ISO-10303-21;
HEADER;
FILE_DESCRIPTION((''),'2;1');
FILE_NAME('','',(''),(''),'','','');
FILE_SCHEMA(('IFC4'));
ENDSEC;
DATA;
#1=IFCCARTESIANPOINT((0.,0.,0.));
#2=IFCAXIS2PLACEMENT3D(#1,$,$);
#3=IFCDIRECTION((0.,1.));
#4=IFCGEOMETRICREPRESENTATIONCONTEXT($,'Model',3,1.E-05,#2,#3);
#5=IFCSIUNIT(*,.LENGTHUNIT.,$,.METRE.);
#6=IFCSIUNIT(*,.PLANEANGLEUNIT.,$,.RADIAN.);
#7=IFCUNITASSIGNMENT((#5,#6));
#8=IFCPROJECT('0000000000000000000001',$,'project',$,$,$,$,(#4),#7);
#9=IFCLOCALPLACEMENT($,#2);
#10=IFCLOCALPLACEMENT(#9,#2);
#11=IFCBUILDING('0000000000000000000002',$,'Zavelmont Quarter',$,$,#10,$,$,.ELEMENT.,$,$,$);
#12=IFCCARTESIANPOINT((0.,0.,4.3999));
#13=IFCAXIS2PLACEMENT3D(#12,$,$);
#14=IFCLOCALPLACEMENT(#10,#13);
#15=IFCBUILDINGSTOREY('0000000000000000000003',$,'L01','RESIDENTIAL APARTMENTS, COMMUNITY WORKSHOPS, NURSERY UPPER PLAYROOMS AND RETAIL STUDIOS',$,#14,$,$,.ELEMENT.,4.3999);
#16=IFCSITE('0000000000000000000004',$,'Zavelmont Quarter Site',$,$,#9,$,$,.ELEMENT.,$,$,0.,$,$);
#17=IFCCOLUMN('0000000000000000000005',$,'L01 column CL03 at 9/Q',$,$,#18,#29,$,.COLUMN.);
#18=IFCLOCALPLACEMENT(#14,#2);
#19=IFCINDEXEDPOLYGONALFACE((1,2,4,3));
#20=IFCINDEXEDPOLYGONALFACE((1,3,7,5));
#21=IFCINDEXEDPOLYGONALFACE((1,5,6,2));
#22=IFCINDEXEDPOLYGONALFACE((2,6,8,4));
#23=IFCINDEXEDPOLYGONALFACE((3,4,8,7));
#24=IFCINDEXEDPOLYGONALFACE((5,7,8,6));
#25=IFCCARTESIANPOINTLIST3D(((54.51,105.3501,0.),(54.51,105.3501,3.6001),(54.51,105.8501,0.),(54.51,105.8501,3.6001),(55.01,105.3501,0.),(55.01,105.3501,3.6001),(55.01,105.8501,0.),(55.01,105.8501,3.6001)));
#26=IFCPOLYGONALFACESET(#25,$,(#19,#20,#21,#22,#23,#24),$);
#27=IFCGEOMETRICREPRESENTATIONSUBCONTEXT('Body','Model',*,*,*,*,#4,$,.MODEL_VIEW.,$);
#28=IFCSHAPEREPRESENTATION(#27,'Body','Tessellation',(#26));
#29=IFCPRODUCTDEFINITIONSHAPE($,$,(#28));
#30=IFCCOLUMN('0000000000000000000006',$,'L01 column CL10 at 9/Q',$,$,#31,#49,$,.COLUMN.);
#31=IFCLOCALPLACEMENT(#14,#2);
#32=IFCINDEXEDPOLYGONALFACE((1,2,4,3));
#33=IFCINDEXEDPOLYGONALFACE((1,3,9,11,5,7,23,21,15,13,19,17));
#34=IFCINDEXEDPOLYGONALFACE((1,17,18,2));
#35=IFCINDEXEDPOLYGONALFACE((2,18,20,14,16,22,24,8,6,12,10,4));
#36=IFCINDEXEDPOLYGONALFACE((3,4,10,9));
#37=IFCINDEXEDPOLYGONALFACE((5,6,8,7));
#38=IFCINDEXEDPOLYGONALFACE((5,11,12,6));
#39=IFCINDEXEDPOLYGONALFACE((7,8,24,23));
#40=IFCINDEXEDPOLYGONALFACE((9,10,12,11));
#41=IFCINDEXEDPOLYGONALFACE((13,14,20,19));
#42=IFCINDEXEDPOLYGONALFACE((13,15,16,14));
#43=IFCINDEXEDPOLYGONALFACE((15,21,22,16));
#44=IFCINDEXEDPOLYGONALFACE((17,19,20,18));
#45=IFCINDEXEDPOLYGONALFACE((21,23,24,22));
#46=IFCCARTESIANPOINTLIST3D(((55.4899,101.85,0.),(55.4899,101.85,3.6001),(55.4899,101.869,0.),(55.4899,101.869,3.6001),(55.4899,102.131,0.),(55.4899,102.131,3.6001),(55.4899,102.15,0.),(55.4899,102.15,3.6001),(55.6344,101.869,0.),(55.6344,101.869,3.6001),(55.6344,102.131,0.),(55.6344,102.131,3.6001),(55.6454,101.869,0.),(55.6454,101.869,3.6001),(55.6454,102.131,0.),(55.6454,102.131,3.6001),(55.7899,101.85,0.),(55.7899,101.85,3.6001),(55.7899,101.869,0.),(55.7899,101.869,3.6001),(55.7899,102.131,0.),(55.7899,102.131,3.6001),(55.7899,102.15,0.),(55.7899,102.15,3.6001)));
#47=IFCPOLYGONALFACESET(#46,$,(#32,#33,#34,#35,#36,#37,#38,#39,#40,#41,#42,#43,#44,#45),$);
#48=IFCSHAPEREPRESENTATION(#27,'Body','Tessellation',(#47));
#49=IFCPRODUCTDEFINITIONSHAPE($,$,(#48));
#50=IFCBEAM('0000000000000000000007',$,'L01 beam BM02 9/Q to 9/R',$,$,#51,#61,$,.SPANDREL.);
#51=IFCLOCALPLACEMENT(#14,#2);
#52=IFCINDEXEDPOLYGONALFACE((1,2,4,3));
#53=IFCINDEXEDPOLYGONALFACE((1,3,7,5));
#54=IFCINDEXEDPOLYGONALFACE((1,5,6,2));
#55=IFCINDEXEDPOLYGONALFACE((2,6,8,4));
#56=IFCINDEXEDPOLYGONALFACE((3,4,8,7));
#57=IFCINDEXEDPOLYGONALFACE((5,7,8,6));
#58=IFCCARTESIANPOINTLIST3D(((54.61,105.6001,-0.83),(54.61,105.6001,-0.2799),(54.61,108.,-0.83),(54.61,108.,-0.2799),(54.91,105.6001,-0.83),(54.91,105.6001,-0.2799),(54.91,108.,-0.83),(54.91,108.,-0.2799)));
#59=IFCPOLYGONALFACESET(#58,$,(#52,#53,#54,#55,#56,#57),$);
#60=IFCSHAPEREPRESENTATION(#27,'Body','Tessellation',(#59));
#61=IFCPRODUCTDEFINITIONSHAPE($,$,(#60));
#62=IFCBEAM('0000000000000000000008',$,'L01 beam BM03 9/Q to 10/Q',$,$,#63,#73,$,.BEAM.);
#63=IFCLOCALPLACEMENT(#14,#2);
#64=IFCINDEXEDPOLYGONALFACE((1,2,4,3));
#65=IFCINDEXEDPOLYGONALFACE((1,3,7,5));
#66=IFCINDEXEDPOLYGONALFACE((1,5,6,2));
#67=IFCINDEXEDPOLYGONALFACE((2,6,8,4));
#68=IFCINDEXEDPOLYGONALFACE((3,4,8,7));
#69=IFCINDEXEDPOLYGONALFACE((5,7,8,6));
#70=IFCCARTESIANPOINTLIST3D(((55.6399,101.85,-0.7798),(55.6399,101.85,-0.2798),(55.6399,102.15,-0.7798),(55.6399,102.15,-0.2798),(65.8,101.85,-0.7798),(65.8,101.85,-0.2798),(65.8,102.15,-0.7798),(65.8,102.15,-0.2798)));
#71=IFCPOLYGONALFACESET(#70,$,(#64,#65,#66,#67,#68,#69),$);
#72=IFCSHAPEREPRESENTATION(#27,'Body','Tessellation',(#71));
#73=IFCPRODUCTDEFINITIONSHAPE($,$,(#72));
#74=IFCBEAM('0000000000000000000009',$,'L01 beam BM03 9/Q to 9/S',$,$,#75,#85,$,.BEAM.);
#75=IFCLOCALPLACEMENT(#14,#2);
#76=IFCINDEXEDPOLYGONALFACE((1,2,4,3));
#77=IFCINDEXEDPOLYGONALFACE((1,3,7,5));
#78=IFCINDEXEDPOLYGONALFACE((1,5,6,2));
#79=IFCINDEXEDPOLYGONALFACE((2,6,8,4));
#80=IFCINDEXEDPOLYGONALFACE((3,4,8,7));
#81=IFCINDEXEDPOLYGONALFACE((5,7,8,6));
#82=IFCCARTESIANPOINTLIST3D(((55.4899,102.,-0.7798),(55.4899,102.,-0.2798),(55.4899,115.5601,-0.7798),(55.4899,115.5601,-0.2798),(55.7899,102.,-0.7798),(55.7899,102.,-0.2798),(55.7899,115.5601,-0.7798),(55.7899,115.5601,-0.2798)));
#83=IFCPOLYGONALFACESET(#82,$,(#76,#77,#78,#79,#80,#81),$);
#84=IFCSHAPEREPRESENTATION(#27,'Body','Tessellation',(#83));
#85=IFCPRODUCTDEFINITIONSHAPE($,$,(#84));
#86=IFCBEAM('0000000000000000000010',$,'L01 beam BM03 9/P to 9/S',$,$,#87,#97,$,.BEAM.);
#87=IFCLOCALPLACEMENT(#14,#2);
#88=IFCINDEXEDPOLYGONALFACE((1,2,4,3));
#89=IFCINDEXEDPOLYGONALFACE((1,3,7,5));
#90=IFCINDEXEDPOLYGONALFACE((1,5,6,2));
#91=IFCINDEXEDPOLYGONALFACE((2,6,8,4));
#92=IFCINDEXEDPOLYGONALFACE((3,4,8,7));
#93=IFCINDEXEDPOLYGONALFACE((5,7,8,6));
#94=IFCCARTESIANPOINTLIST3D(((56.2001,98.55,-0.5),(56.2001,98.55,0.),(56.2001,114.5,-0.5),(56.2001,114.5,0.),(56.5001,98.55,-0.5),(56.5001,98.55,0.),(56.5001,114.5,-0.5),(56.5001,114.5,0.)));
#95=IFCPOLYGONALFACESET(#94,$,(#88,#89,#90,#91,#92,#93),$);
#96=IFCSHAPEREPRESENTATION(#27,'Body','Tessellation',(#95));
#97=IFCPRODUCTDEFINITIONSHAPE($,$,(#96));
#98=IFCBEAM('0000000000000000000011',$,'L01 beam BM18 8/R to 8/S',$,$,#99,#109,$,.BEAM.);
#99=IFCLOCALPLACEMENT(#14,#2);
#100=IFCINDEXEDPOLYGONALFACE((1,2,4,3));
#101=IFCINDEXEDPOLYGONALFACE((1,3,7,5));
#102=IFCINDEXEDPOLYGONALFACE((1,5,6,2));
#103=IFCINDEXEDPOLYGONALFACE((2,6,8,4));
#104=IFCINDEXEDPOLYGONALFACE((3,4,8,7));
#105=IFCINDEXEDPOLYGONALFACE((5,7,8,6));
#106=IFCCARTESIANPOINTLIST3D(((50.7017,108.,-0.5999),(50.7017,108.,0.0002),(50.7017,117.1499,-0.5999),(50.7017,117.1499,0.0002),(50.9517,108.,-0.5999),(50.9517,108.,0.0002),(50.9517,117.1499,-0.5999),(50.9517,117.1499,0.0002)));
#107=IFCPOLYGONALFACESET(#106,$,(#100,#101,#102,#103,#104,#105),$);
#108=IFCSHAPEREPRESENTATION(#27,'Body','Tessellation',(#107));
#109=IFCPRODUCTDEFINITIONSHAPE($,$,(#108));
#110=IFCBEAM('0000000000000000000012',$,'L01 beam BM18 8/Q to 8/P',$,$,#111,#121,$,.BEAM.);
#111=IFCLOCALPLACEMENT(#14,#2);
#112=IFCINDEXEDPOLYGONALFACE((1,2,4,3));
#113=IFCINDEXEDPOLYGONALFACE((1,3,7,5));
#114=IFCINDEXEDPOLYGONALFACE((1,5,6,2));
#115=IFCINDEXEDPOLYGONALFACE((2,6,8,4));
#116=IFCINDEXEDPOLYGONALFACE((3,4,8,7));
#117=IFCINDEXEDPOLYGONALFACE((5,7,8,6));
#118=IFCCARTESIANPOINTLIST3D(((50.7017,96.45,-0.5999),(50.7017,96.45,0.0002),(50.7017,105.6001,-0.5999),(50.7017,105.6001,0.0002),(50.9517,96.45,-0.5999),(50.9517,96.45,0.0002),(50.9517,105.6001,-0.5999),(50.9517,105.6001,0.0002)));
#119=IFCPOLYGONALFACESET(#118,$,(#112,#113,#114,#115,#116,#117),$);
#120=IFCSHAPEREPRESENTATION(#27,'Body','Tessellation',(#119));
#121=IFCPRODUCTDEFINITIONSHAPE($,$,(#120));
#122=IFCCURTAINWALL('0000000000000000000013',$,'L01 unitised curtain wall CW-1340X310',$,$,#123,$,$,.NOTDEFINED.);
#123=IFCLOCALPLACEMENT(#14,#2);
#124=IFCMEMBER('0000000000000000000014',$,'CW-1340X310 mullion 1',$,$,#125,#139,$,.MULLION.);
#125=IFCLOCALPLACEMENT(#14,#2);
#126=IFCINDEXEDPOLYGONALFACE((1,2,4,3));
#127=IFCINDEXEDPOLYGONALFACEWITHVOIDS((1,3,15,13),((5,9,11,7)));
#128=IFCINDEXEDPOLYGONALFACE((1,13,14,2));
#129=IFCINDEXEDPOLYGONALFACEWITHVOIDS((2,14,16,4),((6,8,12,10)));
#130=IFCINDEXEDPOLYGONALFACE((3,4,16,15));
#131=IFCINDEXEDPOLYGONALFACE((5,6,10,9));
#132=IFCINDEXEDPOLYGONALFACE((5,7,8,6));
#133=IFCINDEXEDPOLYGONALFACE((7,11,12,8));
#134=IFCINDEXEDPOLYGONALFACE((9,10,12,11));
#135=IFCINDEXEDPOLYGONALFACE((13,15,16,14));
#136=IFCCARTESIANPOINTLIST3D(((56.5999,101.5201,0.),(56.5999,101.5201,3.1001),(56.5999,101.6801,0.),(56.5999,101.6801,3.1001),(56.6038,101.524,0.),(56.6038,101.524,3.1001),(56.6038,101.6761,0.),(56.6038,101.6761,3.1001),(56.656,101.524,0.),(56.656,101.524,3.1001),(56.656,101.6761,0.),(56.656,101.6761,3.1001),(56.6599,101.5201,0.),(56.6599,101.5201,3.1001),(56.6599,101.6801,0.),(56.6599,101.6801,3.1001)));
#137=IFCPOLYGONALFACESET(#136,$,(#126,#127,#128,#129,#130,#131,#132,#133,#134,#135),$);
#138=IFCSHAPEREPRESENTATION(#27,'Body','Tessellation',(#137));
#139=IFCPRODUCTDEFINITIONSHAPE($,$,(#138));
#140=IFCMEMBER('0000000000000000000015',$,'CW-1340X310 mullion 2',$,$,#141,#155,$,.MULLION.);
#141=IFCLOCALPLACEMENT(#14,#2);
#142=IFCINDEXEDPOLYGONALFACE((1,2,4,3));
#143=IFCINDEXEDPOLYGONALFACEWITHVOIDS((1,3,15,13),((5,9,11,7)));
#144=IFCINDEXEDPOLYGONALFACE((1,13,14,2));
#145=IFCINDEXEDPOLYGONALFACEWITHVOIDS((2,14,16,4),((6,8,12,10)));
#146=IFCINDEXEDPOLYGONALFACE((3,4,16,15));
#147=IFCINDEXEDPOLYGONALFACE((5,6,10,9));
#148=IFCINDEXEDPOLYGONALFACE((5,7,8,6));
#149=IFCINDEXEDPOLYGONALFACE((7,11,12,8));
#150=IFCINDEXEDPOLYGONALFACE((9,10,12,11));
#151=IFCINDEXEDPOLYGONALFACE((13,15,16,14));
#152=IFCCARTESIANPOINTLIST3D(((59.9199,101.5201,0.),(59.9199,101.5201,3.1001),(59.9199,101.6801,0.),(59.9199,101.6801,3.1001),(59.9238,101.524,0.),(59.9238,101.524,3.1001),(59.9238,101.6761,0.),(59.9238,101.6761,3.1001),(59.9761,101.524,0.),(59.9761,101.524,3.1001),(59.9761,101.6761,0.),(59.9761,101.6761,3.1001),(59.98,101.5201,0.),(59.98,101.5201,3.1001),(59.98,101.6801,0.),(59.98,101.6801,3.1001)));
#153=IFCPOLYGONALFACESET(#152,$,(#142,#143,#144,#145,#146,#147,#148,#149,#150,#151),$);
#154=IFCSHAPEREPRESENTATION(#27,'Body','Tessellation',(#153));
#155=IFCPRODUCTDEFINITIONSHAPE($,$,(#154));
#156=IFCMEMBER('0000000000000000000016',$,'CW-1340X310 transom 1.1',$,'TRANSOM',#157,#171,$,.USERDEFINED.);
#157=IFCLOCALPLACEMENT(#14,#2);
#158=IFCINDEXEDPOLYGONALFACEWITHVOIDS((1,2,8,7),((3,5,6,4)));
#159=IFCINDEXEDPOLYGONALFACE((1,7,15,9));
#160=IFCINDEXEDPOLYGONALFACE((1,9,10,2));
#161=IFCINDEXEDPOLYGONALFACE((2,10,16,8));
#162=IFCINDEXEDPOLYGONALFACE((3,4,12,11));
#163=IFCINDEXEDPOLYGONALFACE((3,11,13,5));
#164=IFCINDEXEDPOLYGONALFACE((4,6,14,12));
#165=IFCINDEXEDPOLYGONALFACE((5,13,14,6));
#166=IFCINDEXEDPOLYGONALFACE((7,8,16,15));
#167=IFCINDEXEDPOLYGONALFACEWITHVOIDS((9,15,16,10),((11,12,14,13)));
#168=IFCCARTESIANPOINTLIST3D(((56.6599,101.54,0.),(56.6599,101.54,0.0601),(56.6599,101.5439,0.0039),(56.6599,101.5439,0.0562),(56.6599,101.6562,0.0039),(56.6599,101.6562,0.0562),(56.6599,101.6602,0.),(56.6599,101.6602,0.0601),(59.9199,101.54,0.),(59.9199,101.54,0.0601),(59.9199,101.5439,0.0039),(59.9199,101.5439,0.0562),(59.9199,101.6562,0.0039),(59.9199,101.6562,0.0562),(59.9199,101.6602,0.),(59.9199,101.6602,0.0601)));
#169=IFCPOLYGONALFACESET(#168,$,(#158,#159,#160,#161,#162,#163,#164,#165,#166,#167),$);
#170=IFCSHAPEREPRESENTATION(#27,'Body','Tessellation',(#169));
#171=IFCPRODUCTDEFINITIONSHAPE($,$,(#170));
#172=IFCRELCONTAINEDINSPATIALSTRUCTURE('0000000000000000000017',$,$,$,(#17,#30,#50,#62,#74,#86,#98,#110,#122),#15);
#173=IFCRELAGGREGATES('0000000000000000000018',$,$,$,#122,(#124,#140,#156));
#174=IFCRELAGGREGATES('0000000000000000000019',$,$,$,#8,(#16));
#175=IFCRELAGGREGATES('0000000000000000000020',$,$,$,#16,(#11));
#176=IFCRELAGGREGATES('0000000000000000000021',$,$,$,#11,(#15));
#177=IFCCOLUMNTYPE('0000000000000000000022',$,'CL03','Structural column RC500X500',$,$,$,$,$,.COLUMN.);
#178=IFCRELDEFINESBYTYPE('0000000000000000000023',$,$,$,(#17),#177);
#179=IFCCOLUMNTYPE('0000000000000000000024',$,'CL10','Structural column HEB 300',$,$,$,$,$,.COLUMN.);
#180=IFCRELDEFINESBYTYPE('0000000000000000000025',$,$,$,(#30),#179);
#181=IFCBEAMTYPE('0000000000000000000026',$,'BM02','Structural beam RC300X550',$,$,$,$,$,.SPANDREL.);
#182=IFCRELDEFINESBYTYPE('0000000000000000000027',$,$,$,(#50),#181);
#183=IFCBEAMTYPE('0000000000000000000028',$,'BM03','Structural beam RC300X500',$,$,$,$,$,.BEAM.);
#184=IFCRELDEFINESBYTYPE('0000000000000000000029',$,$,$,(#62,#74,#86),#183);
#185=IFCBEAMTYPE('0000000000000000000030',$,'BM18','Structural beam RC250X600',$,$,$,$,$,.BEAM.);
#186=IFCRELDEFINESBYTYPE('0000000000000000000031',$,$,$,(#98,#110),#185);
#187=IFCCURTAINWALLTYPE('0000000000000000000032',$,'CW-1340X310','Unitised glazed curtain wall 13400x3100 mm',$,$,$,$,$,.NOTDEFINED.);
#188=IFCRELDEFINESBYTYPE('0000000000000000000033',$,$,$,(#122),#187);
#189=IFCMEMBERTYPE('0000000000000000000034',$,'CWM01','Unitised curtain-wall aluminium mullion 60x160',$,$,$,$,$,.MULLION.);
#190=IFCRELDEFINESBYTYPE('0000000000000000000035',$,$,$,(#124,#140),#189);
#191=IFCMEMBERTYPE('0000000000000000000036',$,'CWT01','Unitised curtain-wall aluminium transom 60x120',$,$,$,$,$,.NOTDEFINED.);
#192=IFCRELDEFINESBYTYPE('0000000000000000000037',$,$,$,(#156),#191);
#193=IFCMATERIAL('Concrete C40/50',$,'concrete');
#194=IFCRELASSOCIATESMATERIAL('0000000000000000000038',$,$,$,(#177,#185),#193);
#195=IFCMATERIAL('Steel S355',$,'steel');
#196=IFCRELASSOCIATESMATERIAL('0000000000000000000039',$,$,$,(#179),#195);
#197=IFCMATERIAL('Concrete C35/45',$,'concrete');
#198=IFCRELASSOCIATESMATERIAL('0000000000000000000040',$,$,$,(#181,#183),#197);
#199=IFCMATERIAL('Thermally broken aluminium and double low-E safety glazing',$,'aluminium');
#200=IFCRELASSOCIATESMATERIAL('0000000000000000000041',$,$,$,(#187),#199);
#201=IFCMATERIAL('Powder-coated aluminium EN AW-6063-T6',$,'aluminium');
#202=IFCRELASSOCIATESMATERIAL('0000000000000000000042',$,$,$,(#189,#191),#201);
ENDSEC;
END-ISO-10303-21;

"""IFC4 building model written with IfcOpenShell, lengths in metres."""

from ifc_helpers import new_model, si_unit, direction, frame, origin, origin_2d, place, context, subcontext, project, spatial, rectangle, hollow_rectangle, i_section, extrude, material, material_profile, profile_set, type_object, element, aggregate, save


model = new_model("IFC4")

# Units and contexts
model_context = context("Model", 3, precision=1e-05, world=origin(), true_north=direction((0.0, 1.0)))
body_context = subcontext(model_context, "Body", "Model", "MODEL_VIEW")
ifc_project = project(units=[si_unit("LENGTHUNIT", "METRE"), si_unit("PLANEANGLEUNIT", "RADIAN")], contexts=[model_context])

# Site, building, storey
site_placement = place(None, origin())
site = spatial("IfcSite", under=ifc_project, at=site_placement, Name="Zavelmont Quarter Site", CompositionType="ELEMENT", RefElevation=0.0)
building_placement = place(site_placement, origin())
building = spatial("IfcBuilding", under=site, at=building_placement, Name="Zavelmont Quarter", CompositionType="ELEMENT")
storey_placement = place(building_placement, frame((0.0, 0.0, 4.3999)))
storey = spatial("IfcBuildingStorey", under=building, at=storey_placement, Name="L01", Description="RESIDENTIAL APARTMENTS, COMMUNITY WORKSHOPS, NURSERY UPPER PLAYROOMS AND RETAIL STUDIOS", CompositionType="ELEMENT", Elevation=4.3999)

# Columns
ifc_material_1 = material(Name="Concrete C40/50", Category="concrete")
ifc_material_profile_1 = material_profile(ifc_material_1, rectangle(XDim=0.5, YDim=0.5, at=origin_2d()), Name="RC500X500")
ifc_profile_set_1 = profile_set([ifc_material_profile_1], Name="Concrete C40/50")
column_type_1 = type_object("IfcColumnType", Name="CL03", Description="Structural column RC500X500", PredefinedType="COLUMN", material=ifc_profile_set_1)
column_1_placement = place(storey_placement, frame((54.76, 105.6001, 0.0), z_axis=(0.0, 0.0, 1.0), x_axis=(1.0, 0.0, 0.0)))
element("IfcColumn", 1, at=column_1_placement, inside=storey, type_object=column_type_1, Name="L01 column CL03 at 9/Q", PredefinedType="COLUMN", context=body_context, shape_type="SweptSolid", body=[
    extrude(rectangle(XDim=0.5, YDim=0.5, at=origin_2d()), origin(), (0.0, 0.0, 1.0), 3.6001),
])
ifc_material_2 = material(Name="Steel S355", Category="steel")
ifc_material_profile_2 = material_profile(ifc_material_2, i_section(OverallWidth=0.3, OverallDepth=0.3, WebThickness=0.011, FlangeThickness=0.019, at=origin_2d()), Name="HEB 300")
ifc_profile_set_2 = profile_set([ifc_material_profile_2], Name="Steel S355")
column_type_2 = type_object("IfcColumnType", Name="CL10", Description="Structural column HEB 300", PredefinedType="COLUMN", material=ifc_profile_set_2)
column_2_placement = place(storey_placement, frame((55.6399, 102.0, 0.0), z_axis=(0.0, 0.0, 1.0), x_axis=(1.0, 0.0, 0.0)))
element("IfcColumn", 2, at=column_2_placement, inside=storey, type_object=column_type_2, Name="L01 column CL10 at 9/Q", PredefinedType="COLUMN", context=body_context, shape_type="SweptSolid", body=[
    extrude(i_section(OverallWidth=0.3, OverallDepth=0.3, WebThickness=0.011, FlangeThickness=0.019, at=origin_2d()), origin(), (0.0, 0.0, 1.0), 3.6001),
])

# Beams
ifc_material_3 = material(Name="Concrete C35/45", Category="concrete")
ifc_material_profile_3 = material_profile(ifc_material_3, rectangle(XDim=0.3, YDim=0.55, at=origin_2d()), Name="RC300X550")
ifc_profile_set_3 = profile_set([ifc_material_profile_3], Name="Concrete C35/45")
beam_type_1 = type_object("IfcBeamType", Name="BM02", Description="Structural beam RC300X550", PredefinedType="SPANDREL", material=ifc_profile_set_3)
beam_1_placement = place(storey_placement, frame((54.76, 105.6001, -0.5549), z_axis=(0.0, 1.0, 0.0), x_axis=(-1.0, 0.0, 0.0)))
element("IfcBeam", 3, at=beam_1_placement, inside=storey, type_object=beam_type_1, Name="L01 beam BM02 9/Q to 9/R", PredefinedType="SPANDREL", context=body_context, shape_type="SweptSolid", body=[
    extrude(rectangle(XDim=0.3, YDim=0.55, at=origin_2d()), origin(), (0.0, 0.0, 1.0), 2.3999),
])
ifc_material_profile_4 = material_profile(ifc_material_3, rectangle(XDim=0.3, YDim=0.5, at=origin_2d()), Name="RC300X500")
ifc_profile_set_4 = profile_set([ifc_material_profile_4], Name="Concrete C35/45")
beam_type_2 = type_object("IfcBeamType", Name="BM03", Description="Structural beam RC300X500", PredefinedType="BEAM", material=ifc_profile_set_4)
beam_2_placement = place(storey_placement, frame((55.6399, 102.0, -0.5298), z_axis=(1.0, 0.0, 0.0), x_axis=(0.0, 1.0, 0.0)))
element("IfcBeam", 4, at=beam_2_placement, inside=storey, type_object=beam_type_2, Name="L01 beam BM03 9/Q to 10/Q", PredefinedType="BEAM", context=body_context, shape_type="SweptSolid", body=[
    extrude(rectangle(XDim=0.3, YDim=0.5, at=origin_2d()), origin(), (0.0, 0.0, 1.0), 10.1602),
])
beam_3_placement = place(storey_placement, frame((55.6399, 102.0, -0.5298), z_axis=(0.0, 1.0, 0.0), x_axis=(-1.0, 0.0, 0.0)))
element("IfcBeam", 5, at=beam_3_placement, inside=storey, type_object=beam_type_2, Name="L01 beam BM03 9/Q to 9/S", PredefinedType="BEAM", context=body_context, shape_type="SweptSolid", body=[
    extrude(rectangle(XDim=0.3, YDim=0.5, at=origin_2d()), origin(), (0.0, 0.0, 1.0), 13.5601),
])
beam_4_placement = place(storey_placement, frame((56.3501, 98.55, -0.25), z_axis=(0.0, 1.0, 0.0), x_axis=(-1.0, 0.0, 0.0)))
element("IfcBeam", 6, at=beam_4_placement, inside=storey, type_object=beam_type_2, Name="L01 beam BM03 9/P to 9/S", PredefinedType="BEAM", context=body_context, shape_type="SweptSolid", body=[
    extrude(rectangle(XDim=0.3, YDim=0.5, at=origin_2d()), origin(), (0.0, 0.0, 1.0), 15.95),
])
ifc_material_profile_5 = material_profile(ifc_material_1, rectangle(XDim=0.25, YDim=0.6001, at=origin_2d()), Name="RC250X600")
ifc_profile_set_5 = profile_set([ifc_material_profile_5], Name="Concrete C40/50")
beam_type_3 = type_object("IfcBeamType", Name="BM18", Description="Structural beam RC250X600", PredefinedType="BEAM", material=ifc_profile_set_5)
beam_5_placement = place(storey_placement, frame((50.8267, 108.0, -0.2998), z_axis=(0.0, 1.0, 0.0), x_axis=(-1.0, 0.0, 0.0)))
element("IfcBeam", 7, at=beam_5_placement, inside=storey, type_object=beam_type_3, Name="L01 beam BM18 8/R to 8/S", PredefinedType="BEAM", context=body_context, shape_type="SweptSolid", body=[
    extrude(rectangle(XDim=0.25, YDim=0.6001, at=origin_2d()), origin(), (0.0, 0.0, 1.0), 9.1499),
])
beam_6_placement = place(storey_placement, frame((50.8267, 105.6001, -0.2998), z_axis=(0.0, -1.0, 0.0), x_axis=(1.0, 0.0, 0.0)))
element("IfcBeam", 8, at=beam_6_placement, inside=storey, type_object=beam_type_3, Name="L01 beam BM18 8/Q to 8/P", PredefinedType="BEAM", context=body_context, shape_type="SweptSolid", body=[
    extrude(rectangle(XDim=0.25, YDim=0.6001, at=origin_2d()), origin(), (0.0, 0.0, 1.0), 9.1501),
])

# Curtain wall, members
ifc_material_4 = material(Name="Thermally broken aluminium and double low-E safety glazing", Category="aluminium")
curtain_wall_type = type_object("IfcCurtainWallType", Name="CW-1340X310", Description="Unitised glazed curtain wall 13400x3100 mm", PredefinedType="NOTDEFINED", material=ifc_material_4)
curtain_wall_placement = place(storey_placement, origin())
curtain_wall = element("IfcCurtainWall", 9, at=curtain_wall_placement, inside=storey, type_object=curtain_wall_type, Name="L01 unitised curtain wall CW-1340X310", PredefinedType="NOTDEFINED")
ifc_material_5 = material(Name="Powder-coated aluminium EN AW-6063-T6", Category="aluminium")
ifc_material_profile_6 = material_profile(ifc_material_5, hollow_rectangle(XDim=0.0601, YDim=0.1599, WallThickness=0.0039, at=origin_2d()), Name="CWM60X160")
ifc_profile_set_6 = profile_set([ifc_material_profile_6], Name="Powder-coated aluminium EN AW-6063-T6")
member_type_1 = type_object("IfcMemberType", Name="CWM01", Description="Unitised curtain-wall aluminium mullion 60x160", PredefinedType="MULLION", material=ifc_profile_set_6)
member_1_placement = place(storey_placement, frame((56.6299, 101.6001, 0.0), z_axis=(0.0, 0.0, 1.0), x_axis=(1.0, 0.0, 0.0)))
member_1 = element("IfcMember", 10, at=member_1_placement, type_object=member_type_1, Name="CW-1340X310 mullion 1", PredefinedType="MULLION", context=body_context, shape_type="SweptSolid", body=[
    extrude(hollow_rectangle(XDim=0.0601, YDim=0.1599, WallThickness=0.0039, at=origin_2d()), origin(), (0.0, 0.0, 1.0), 3.1001),
])
member_2_placement = place(storey_placement, frame((59.95, 101.6001, 0.0), z_axis=(0.0, 0.0, 1.0), x_axis=(1.0, 0.0, 0.0)))
member_2 = element("IfcMember", 11, at=member_2_placement, type_object=member_type_1, Name="CW-1340X310 mullion 2", PredefinedType="MULLION", context=body_context, shape_type="SweptSolid", body=[
    extrude(hollow_rectangle(XDim=0.0601, YDim=0.1599, WallThickness=0.0039, at=origin_2d()), origin(), (0.0, 0.0, 1.0), 3.1001),
])
ifc_material_profile_7 = material_profile(ifc_material_5, hollow_rectangle(XDim=0.1201, YDim=0.0601, WallThickness=0.0039, at=origin_2d()), Name="CWT60X120")
ifc_profile_set_7 = profile_set([ifc_material_profile_7], Name="Powder-coated aluminium EN AW-6063-T6")
member_type_2 = type_object("IfcMemberType", Name="CWT01", Description="Unitised curtain-wall aluminium transom 60x120", PredefinedType="NOTDEFINED", material=ifc_profile_set_7)
member_3_placement = place(storey_placement, frame((56.6599, 101.6001, 0.03), z_axis=(1.0, 0.0, 0.0), x_axis=(0.0, 1.0, 0.0)))
member_3 = element("IfcMember", 12, at=member_3_placement, type_object=member_type_2, Name="CW-1340X310 transom 1.1", ObjectType="TRANSOM", PredefinedType="USERDEFINED", context=body_context, shape_type="SweptSolid", body=[
    extrude(hollow_rectangle(XDim=0.1201, YDim=0.0601, WallThickness=0.0039, at=origin_2d()), origin(), (0.0, 0.0, 1.0), 3.26),
])

aggregate(curtain_wall, [member_1, member_2, member_3])

save(model, "model.ifc")
